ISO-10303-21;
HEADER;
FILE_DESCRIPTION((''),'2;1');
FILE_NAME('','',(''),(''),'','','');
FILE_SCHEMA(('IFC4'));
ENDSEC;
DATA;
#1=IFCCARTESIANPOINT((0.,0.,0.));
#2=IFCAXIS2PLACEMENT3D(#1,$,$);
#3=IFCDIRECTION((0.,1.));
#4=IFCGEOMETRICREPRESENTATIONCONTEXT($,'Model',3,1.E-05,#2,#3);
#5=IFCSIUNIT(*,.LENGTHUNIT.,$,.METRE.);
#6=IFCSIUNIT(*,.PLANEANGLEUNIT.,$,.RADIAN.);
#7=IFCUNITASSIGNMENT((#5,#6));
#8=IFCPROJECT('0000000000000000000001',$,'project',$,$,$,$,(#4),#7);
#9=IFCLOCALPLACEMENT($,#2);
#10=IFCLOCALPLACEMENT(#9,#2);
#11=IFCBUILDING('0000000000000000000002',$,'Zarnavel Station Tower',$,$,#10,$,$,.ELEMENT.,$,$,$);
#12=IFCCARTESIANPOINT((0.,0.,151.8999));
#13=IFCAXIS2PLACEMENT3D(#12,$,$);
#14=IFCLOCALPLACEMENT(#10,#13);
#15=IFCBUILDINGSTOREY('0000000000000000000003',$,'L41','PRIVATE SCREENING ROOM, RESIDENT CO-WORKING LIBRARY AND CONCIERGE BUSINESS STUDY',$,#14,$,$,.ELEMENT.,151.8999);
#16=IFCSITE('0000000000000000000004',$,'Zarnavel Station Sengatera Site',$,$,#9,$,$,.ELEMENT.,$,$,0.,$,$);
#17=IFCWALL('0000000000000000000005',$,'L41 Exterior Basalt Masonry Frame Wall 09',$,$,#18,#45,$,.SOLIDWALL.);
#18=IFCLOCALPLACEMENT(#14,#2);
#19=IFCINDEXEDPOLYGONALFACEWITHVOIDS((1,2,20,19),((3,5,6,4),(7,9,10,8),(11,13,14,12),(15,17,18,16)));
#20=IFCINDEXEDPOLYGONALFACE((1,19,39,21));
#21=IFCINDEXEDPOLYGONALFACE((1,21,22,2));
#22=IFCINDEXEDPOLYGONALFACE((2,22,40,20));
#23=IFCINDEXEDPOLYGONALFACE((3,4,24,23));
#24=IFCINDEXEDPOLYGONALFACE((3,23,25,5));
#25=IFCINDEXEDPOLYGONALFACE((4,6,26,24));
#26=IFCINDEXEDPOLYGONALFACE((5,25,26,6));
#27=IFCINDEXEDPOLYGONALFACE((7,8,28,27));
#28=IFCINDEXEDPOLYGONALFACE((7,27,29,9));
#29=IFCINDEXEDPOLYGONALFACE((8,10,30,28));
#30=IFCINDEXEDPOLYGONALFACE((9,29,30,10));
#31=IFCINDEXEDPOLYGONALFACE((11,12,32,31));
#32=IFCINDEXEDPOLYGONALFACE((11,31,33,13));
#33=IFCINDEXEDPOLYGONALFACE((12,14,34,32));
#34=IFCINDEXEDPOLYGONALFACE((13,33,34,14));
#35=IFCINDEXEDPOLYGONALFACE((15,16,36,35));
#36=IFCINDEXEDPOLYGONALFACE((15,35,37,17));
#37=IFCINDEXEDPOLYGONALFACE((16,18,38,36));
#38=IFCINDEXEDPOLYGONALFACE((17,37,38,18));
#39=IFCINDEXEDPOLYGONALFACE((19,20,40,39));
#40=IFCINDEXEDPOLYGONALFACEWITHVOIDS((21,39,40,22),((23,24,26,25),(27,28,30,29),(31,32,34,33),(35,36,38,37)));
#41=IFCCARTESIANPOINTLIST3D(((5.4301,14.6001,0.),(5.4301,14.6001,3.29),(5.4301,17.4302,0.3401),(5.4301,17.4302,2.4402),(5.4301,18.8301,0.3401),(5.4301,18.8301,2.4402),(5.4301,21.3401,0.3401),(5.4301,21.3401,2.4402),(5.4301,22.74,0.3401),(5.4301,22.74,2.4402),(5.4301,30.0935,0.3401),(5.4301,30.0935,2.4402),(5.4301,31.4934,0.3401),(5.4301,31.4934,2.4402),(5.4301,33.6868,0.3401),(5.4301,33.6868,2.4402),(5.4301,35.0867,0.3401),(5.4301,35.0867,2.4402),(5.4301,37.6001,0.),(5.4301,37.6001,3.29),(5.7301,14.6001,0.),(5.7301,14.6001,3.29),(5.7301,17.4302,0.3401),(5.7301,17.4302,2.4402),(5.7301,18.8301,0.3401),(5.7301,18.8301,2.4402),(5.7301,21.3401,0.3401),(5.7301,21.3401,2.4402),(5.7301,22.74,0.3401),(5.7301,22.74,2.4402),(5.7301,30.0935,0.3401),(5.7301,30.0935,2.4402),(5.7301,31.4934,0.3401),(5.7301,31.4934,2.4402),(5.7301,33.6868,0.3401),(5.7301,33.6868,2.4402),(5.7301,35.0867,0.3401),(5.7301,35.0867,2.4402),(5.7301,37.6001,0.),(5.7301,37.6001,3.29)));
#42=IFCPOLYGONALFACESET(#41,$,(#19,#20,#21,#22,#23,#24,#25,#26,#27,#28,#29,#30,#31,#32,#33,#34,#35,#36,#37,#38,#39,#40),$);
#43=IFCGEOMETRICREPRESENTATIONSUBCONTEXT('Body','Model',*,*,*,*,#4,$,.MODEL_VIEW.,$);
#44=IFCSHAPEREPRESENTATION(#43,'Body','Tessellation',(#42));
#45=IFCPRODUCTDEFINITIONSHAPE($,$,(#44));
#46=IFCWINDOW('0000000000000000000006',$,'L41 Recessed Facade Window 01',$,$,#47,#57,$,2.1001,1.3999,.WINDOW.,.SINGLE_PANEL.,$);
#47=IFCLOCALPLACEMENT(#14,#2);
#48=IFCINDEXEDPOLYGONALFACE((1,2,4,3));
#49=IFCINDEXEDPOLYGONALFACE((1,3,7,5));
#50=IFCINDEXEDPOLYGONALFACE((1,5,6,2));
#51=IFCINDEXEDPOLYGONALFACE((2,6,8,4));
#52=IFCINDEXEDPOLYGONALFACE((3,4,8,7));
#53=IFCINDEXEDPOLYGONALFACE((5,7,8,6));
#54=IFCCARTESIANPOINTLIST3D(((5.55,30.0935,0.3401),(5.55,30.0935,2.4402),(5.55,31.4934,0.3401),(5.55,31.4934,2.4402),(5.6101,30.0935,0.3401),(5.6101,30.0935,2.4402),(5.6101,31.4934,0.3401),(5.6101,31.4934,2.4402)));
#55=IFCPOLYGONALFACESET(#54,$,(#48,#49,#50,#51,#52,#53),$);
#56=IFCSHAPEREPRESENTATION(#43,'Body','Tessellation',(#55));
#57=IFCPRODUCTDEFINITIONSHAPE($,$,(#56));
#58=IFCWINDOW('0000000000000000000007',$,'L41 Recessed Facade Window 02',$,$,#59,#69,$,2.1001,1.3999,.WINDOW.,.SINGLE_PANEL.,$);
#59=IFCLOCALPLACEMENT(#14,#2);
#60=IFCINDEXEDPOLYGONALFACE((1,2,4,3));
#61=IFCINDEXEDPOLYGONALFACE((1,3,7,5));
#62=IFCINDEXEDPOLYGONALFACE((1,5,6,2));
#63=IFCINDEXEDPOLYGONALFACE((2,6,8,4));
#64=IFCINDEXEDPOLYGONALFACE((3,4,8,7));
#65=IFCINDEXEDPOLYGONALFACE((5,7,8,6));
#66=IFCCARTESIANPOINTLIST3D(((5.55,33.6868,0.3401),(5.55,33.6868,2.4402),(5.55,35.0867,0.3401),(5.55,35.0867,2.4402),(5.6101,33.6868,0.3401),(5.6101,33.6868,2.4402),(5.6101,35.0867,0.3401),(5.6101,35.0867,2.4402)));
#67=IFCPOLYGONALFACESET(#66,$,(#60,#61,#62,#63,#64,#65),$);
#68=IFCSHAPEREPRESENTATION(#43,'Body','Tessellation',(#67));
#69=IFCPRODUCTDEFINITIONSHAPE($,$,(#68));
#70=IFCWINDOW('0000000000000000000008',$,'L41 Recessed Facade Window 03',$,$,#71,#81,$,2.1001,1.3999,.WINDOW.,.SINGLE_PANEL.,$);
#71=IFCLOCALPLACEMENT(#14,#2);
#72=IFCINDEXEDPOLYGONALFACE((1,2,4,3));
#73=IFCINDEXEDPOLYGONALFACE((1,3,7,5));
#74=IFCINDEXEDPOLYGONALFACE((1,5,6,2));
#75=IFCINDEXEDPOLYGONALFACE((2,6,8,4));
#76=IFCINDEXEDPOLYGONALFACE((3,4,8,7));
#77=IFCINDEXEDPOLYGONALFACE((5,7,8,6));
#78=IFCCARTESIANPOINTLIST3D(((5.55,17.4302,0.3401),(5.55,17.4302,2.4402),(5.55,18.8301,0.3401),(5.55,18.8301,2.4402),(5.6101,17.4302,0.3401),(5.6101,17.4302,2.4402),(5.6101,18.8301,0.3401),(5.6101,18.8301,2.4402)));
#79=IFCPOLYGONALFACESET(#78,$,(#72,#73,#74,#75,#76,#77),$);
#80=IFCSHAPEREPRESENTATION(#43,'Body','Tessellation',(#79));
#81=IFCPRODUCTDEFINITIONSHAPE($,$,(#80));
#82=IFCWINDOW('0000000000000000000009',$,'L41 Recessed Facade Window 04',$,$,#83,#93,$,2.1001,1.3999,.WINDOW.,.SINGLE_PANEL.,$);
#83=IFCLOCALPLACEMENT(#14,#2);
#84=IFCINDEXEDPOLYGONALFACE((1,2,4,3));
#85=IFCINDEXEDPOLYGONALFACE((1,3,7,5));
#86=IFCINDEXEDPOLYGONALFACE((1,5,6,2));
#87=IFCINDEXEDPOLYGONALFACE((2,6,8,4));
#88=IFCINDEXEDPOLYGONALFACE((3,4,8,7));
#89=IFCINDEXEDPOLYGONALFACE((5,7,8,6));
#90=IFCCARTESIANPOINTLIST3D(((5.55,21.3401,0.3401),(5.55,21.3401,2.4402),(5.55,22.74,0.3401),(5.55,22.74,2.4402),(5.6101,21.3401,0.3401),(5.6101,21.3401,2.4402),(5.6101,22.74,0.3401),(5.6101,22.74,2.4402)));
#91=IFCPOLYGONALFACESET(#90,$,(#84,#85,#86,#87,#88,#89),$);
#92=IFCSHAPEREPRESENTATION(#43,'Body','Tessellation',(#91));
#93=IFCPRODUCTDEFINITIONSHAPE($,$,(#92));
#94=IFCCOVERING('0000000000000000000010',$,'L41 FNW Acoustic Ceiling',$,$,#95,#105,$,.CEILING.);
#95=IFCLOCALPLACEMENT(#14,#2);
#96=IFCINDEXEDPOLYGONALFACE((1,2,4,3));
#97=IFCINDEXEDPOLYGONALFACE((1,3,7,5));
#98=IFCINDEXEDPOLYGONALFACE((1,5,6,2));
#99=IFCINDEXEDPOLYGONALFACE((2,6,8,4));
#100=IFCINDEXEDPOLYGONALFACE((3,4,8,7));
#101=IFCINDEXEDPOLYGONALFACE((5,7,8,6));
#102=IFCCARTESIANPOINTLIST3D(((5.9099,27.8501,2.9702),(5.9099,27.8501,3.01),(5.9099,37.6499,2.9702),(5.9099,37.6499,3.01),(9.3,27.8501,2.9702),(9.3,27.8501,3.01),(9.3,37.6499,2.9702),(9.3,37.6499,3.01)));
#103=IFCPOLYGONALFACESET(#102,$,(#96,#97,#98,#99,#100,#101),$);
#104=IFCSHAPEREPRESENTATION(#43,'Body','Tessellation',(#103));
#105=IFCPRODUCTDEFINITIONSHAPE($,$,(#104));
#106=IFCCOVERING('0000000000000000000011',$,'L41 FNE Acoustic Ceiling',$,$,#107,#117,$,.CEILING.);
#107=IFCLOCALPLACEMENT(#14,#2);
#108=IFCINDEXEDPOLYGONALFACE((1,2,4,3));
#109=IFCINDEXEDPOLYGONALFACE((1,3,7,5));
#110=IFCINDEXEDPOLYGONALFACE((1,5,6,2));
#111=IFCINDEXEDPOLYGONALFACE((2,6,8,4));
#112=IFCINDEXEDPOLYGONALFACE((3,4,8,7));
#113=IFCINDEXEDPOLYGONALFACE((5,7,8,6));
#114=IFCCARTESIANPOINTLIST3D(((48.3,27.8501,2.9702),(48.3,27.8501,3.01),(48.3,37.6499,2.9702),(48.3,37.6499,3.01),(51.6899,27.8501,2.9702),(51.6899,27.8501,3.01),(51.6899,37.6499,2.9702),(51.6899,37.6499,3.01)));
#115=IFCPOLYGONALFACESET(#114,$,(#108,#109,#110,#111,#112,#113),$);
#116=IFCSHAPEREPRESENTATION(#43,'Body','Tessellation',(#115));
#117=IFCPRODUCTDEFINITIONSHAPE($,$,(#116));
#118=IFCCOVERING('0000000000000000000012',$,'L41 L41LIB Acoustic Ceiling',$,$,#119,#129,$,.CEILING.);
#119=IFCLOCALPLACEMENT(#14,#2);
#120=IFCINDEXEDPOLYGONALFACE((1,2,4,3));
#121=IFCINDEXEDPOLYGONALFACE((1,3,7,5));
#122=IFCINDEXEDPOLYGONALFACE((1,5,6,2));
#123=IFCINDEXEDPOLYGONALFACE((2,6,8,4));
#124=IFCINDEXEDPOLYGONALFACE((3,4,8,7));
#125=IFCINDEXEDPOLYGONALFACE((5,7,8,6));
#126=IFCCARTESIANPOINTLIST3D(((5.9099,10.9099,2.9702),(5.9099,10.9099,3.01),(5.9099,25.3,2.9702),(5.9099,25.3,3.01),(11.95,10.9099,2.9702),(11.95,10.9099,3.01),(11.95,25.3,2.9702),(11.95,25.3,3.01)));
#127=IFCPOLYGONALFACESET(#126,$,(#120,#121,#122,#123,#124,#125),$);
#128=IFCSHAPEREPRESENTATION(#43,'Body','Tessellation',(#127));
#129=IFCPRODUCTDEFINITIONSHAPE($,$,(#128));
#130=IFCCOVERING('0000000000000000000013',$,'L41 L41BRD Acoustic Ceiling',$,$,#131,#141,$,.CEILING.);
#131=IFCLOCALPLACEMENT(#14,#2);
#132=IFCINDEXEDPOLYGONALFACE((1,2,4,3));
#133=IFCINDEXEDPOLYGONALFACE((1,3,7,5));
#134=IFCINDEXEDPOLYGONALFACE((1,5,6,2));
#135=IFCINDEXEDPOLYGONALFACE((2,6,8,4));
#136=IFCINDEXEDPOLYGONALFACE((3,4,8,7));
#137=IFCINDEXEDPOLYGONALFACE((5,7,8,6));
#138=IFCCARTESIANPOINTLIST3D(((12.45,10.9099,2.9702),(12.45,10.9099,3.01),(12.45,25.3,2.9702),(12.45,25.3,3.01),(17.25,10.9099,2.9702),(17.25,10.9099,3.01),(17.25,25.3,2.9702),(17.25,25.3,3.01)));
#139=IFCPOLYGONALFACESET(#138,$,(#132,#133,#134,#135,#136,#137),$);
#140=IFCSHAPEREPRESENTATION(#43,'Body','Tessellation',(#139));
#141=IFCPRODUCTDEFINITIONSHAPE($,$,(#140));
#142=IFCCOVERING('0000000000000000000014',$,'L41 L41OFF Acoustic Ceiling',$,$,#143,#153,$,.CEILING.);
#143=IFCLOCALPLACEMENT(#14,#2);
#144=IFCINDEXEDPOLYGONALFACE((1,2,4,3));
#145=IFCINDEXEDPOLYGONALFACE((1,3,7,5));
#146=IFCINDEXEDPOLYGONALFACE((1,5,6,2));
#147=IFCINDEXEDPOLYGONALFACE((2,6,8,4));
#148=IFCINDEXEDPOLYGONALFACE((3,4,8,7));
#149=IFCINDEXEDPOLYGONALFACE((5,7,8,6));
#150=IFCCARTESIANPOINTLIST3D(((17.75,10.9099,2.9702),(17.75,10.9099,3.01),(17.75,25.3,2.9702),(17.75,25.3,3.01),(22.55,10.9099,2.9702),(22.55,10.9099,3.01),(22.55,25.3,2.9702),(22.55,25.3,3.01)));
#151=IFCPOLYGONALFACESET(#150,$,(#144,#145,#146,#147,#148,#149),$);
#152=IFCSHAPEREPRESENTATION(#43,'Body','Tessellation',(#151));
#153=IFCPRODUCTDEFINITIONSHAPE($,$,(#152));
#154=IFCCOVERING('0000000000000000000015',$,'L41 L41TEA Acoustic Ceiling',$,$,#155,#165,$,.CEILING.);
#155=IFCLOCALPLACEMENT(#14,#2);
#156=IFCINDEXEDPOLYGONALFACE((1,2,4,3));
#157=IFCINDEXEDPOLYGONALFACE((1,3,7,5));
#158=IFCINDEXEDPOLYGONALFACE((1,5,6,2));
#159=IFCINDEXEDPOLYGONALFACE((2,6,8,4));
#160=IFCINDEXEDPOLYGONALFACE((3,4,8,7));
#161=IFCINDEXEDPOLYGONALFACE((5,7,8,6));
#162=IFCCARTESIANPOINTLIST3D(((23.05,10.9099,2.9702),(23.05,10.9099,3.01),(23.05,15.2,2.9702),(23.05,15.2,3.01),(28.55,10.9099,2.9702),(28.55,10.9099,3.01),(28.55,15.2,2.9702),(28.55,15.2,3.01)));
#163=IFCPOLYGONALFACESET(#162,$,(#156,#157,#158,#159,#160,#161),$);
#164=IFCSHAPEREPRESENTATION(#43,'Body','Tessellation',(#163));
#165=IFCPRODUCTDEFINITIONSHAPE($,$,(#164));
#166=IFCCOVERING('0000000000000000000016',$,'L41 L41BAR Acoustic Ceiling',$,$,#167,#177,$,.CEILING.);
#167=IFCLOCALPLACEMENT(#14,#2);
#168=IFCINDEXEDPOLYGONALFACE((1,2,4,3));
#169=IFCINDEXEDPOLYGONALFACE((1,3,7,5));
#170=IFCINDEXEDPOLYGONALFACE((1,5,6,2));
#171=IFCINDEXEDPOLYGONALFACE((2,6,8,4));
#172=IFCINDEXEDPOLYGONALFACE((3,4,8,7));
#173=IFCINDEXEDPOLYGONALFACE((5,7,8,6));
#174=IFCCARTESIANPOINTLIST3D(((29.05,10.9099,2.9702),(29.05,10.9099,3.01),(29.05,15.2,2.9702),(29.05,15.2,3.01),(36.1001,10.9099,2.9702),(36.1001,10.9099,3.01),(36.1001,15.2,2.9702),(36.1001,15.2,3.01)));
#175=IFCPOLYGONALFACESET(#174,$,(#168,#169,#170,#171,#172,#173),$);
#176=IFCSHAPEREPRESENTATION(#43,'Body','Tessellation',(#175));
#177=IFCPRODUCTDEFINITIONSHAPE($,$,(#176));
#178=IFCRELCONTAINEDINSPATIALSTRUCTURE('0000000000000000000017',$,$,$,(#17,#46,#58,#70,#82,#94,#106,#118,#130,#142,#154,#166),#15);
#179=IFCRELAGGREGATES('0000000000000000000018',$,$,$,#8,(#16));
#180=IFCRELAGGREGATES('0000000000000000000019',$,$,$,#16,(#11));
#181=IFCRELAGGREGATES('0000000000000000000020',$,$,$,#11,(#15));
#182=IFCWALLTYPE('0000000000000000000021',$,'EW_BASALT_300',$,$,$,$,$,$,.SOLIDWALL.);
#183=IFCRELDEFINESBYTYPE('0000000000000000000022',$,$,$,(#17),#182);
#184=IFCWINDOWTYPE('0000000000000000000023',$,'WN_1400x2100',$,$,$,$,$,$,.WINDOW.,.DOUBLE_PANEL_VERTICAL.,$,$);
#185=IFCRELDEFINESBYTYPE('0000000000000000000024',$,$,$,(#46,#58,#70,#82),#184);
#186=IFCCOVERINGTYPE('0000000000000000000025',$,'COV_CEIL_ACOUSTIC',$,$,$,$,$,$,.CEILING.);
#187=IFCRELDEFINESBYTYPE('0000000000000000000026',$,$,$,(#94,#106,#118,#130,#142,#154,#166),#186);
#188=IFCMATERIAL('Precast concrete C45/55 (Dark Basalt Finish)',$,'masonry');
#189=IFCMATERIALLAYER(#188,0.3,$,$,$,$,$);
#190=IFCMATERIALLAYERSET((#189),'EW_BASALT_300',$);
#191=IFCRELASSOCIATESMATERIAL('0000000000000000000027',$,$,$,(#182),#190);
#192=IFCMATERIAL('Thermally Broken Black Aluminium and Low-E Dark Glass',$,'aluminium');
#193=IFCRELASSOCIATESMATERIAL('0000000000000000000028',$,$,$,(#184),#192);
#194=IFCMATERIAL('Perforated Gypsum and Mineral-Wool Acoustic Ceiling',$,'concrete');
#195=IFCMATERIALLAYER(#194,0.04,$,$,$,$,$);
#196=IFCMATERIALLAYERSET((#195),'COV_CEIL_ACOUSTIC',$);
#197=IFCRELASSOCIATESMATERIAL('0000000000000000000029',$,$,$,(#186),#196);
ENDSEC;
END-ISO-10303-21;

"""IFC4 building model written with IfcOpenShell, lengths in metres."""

from ifc_helpers import new_model, si_unit, direction, frame, frame_2d, origin, place, context, subcontext, project, spatial, polyline, rectangle, outline, extrude, material, layer, layer_set, type_object, element, fill, save


model = new_model("IFC4")

# Units and contexts
model_context = context("Model", 3, precision=1e-05, world=origin(), true_north=direction((0.0, 1.0)))
body_context = subcontext(model_context, "Body", "Model", "MODEL_VIEW")
ifc_project = project(units=[si_unit("LENGTHUNIT", "METRE"), si_unit("PLANEANGLEUNIT", "RADIAN")], contexts=[model_context])

# Site, building, storey
site_placement = place(None, origin())
site = spatial("IfcSite", under=ifc_project, at=site_placement, Name="Zarnavel Station Sengatera Site", CompositionType="ELEMENT", RefElevation=0.0)
building_placement = place(site_placement, origin())
building = spatial("IfcBuilding", under=site, at=building_placement, Name="Zarnavel Station Tower", CompositionType="ELEMENT")
storey_placement = place(building_placement, frame((0.0, 0.0, 151.8999)))
storey = spatial("IfcBuildingStorey", under=building, at=storey_placement, Name="L41", Description="PRIVATE SCREENING ROOM, RESIDENT CO-WORKING LIBRARY AND CONCIERGE BUSINESS STUDY", CompositionType="ELEMENT", Elevation=151.8999)

# Wall, openings, windows
ifc_material_1 = material(Name="Precast concrete C45/55 (Dark Basalt Finish)", Category="masonry")
ifc_layer_1 = layer(ifc_material_1, 0.3)
ifc_layer_set_1 = layer_set([ifc_layer_1], Name="EW_BASALT_300")
wall_type = type_object("IfcWallType", Name="EW_BASALT_300", PredefinedType="SOLIDWALL", material=ifc_layer_set_1)
wall_placement = place(storey_placement, frame((5.5801, 14.6001, 0.0), z_axis=(0.0, 0.0, 1.0), x_axis=(0.0, 1.0, 0.0)))
wall = element("IfcWall", 1, at=wall_placement, inside=storey, type_object=wall_type, Name="L41 Exterior Basalt Masonry Frame Wall 09", PredefinedType="SOLIDWALL", context=body_context, shape_type="SweptSolid", body=[
    extrude(rectangle(XDim=23.0, YDim=0.3, at=frame_2d((11.5, 0.0))), origin(), (0.0, 0.0, 1.0), 3.29),
])
opening_1_placement = place(wall_placement, frame((15.4934, 0.0, 0.3401)))
opening_1 = element("IfcOpeningElement", 2, at=opening_1_placement, cuts=wall, PredefinedType="OPENING", context=body_context, shape_type="SweptSolid", body=[
    extrude(rectangle(XDim=1.3999, YDim=2.1001, at=frame_2d((0.7, 1.05))), frame((0.0, 0.1599, 0.0), z_axis=(0.0, -1.0, 0.0), x_axis=(1.0, 0.0, 0.0)), (0.0, 0.0, 1.0), 0.3201),
])
opening_2_placement = place(wall_placement, frame((19.0867, 0.0, 0.3401)))
opening_2 = element("IfcOpeningElement", 3, at=opening_2_placement, cuts=wall, PredefinedType="OPENING", context=body_context, shape_type="SweptSolid", body=[
    extrude(rectangle(XDim=1.3999, YDim=2.1001, at=frame_2d((0.7, 1.05))), frame((0.0, 0.1599, 0.0), z_axis=(0.0, -1.0, 0.0), x_axis=(1.0, 0.0, 0.0)), (0.0, 0.0, 1.0), 0.3201),
])
opening_3_placement = place(wall_placement, frame((2.8301, 0.0, 0.3401)))
opening_3 = element("IfcOpeningElement", 4, at=opening_3_placement, cuts=wall, PredefinedType="OPENING", context=body_context, shape_type="SweptSolid", body=[
    extrude(rectangle(XDim=1.3999, YDim=2.1001, at=frame_2d((0.7, 1.05))), frame((0.0, 0.1599, 0.0), z_axis=(0.0, -1.0, 0.0), x_axis=(1.0, 0.0, 0.0)), (0.0, 0.0, 1.0), 0.3201),
])
opening_4_placement = place(wall_placement, frame((6.74, 0.0, 0.3401)))
opening_4 = element("IfcOpeningElement", 5, at=opening_4_placement, cuts=wall, PredefinedType="OPENING", context=body_context, shape_type="SweptSolid", body=[
    extrude(rectangle(XDim=1.3999, YDim=2.1001, at=frame_2d((0.7, 1.05))), frame((0.0, 0.1599, 0.0), z_axis=(0.0, -1.0, 0.0), x_axis=(1.0, 0.0, 0.0)), (0.0, 0.0, 1.0), 0.3201),
])
ifc_material_2 = material(Name="Thermally Broken Black Aluminium and Low-E Dark Glass", Category="aluminium")
window_type = type_object("IfcWindowType", Name="WN_1400x2100", PartitioningType="DOUBLE_PANEL_VERTICAL", PredefinedType="WINDOW", material=ifc_material_2)
window_1_placement = place(opening_1_placement, origin())
window_1 = element("IfcWindow", 6, at=window_1_placement, inside=storey, type_object=window_type, Name="L41 Recessed Facade Window 01", OverallHeight=2.1001, OverallWidth=1.3999, PartitioningType="SINGLE_PANEL", PredefinedType="WINDOW", context=body_context, shape_type="SweptSolid", body=[
    extrude(rectangle(XDim=1.3999, YDim=2.1001, at=frame_2d((0.7, 1.05))), frame((0.0, 0.03, 0.0), z_axis=(0.0, -1.0, 0.0), x_axis=(1.0, 0.0, 0.0)), (0.0, 0.0, 1.0), 0.0601),
])
fill(opening_1, window_1)
window_2_placement = place(opening_2_placement, origin())
window_2 = element("IfcWindow", 7, at=window_2_placement, inside=storey, type_object=window_type, Name="L41 Recessed Facade Window 02", OverallHeight=2.1001, OverallWidth=1.3999, PartitioningType="SINGLE_PANEL", PredefinedType="WINDOW", context=body_context, shape_type="SweptSolid", body=[
    extrude(rectangle(XDim=1.3999, YDim=2.1001, at=frame_2d((0.7, 1.05))), frame((0.0, 0.03, 0.0), z_axis=(0.0, -1.0, 0.0), x_axis=(1.0, 0.0, 0.0)), (0.0, 0.0, 1.0), 0.0601),
])
fill(opening_2, window_2)
window_3_placement = place(opening_3_placement, origin())
window_3 = element("IfcWindow", 8, at=window_3_placement, inside=storey, type_object=window_type, Name="L41 Recessed Facade Window 03", OverallHeight=2.1001, OverallWidth=1.3999, PartitioningType="SINGLE_PANEL", PredefinedType="WINDOW", context=body_context, shape_type="SweptSolid", body=[
    extrude(rectangle(XDim=1.3999, YDim=2.1001, at=frame_2d((0.7, 1.05))), frame((0.0, 0.03, 0.0), z_axis=(0.0, -1.0, 0.0), x_axis=(1.0, 0.0, 0.0)), (0.0, 0.0, 1.0), 0.0601),
])
fill(opening_3, window_3)
window_4_placement = place(opening_4_placement, origin())
window_4 = element("IfcWindow", 9, at=window_4_placement, inside=storey, type_object=window_type, Name="L41 Recessed Facade Window 04", OverallHeight=2.1001, OverallWidth=1.3999, PartitioningType="SINGLE_PANEL", PredefinedType="WINDOW", context=body_context, shape_type="SweptSolid", body=[
    extrude(rectangle(XDim=1.3999, YDim=2.1001, at=frame_2d((0.7, 1.05))), frame((0.0, 0.03, 0.0), z_axis=(0.0, -1.0, 0.0), x_axis=(1.0, 0.0, 0.0)), (0.0, 0.0, 1.0), 0.0601),
])
fill(opening_4, window_4)

# Coverings
ifc_material_3 = material(Name="Perforated Gypsum and Mineral-Wool Acoustic Ceiling", Category="concrete")
ifc_layer_2 = layer(ifc_material_3, 0.04)
ifc_layer_set_2 = layer_set([ifc_layer_2], Name="COV_CEIL_ACOUSTIC")
covering_type_1 = type_object("IfcCoveringType", Name="COV_CEIL_ACOUSTIC", PredefinedType="CEILING", material=ifc_layer_set_2)
covering_1_placement = place(storey_placement, frame((0.0, 0.0, 2.9702)))
element("IfcCovering", 10, at=covering_1_placement, inside=storey, type_object=covering_type_1, Name="L41 FNW Acoustic Ceiling", PredefinedType="CEILING", context=body_context, shape_type="SweptSolid", body=[
    extrude(outline(polyline([(5.9099, 27.8501), (9.3, 27.8501), (9.3, 37.6499), (5.9099, 37.6499), (5.9099, 27.8501)])), origin(), (0.0, 0.0, 1.0), 0.0398),
])
covering_2_placement = place(storey_placement, frame((0.0, 0.0, 2.9702)))
element("IfcCovering", 11, at=covering_2_placement, inside=storey, type_object=covering_type_1, Name="L41 FNE Acoustic Ceiling", PredefinedType="CEILING", context=body_context, shape_type="SweptSolid", body=[
    extrude(outline(polyline([(48.3, 27.8501), (51.6899, 27.8501), (51.6899, 37.6499), (48.3, 37.6499), (48.3, 27.8501)])), origin(), (0.0, 0.0, 1.0), 0.0398),
])
covering_3_placement = place(storey_placement, frame((0.0, 0.0, 2.9702)))
element("IfcCovering", 12, at=covering_3_placement, inside=storey, type_object=covering_type_1, Name="L41 L41LIB Acoustic Ceiling", PredefinedType="CEILING", context=body_context, shape_type="SweptSolid", body=[
    extrude(outline(polyline([(5.9099, 10.9099), (11.95, 10.9099), (11.95, 25.3), (5.9099, 25.3), (5.9099, 10.9099)])), origin(), (0.0, 0.0, 1.0), 0.0398),
])
covering_4_placement = place(storey_placement, frame((0.0, 0.0, 2.9702)))
element("IfcCovering", 13, at=covering_4_placement, inside=storey, type_object=covering_type_1, Name="L41 L41BRD Acoustic Ceiling", PredefinedType="CEILING", context=body_context, shape_type="SweptSolid", body=[
    extrude(outline(polyline([(12.45, 10.9099), (17.25, 10.9099), (17.25, 25.3), (12.45, 25.3), (12.45, 10.9099)])), origin(), (0.0, 0.0, 1.0), 0.0398),
])
covering_5_placement = place(storey_placement, frame((0.0, 0.0, 2.9702)))
element("IfcCovering", 14, at=covering_5_placement, inside=storey, type_object=covering_type_1, Name="L41 L41OFF Acoustic Ceiling", PredefinedType="CEILING", context=body_context, shape_type="SweptSolid", body=[
    extrude(outline(polyline([(17.75, 10.9099), (22.55, 10.9099), (22.55, 25.3), (17.75, 25.3), (17.75, 10.9099)])), origin(), (0.0, 0.0, 1.0), 0.0398),
])
covering_6_placement = place(storey_placement, frame((0.0, 0.0, 2.9702)))
element("IfcCovering", 15, at=covering_6_placement, inside=storey, type_object=covering_type_1, Name="L41 L41TEA Acoustic Ceiling", PredefinedType="CEILING", context=body_context, shape_type="SweptSolid", body=[
    extrude(outline(polyline([(23.05, 10.9099), (28.55, 10.9099), (28.55, 15.2), (23.05, 15.2), (23.05, 10.9099)])), origin(), (0.0, 0.0, 1.0), 0.0398),
])
covering_7_placement = place(storey_placement, frame((0.0, 0.0, 2.9702)))
element("IfcCovering", 16, at=covering_7_placement, inside=storey, type_object=covering_type_1, Name="L41 L41BAR Acoustic Ceiling", PredefinedType="CEILING", context=body_context, shape_type="SweptSolid", body=[
    extrude(outline(polyline([(29.05, 10.9099), (36.1001, 10.9099), (36.1001, 15.2), (29.05, 15.2), (29.05, 10.9099)])), origin(), (0.0, 0.0, 1.0), 0.0398),
])

save(model, "model.ifc")
